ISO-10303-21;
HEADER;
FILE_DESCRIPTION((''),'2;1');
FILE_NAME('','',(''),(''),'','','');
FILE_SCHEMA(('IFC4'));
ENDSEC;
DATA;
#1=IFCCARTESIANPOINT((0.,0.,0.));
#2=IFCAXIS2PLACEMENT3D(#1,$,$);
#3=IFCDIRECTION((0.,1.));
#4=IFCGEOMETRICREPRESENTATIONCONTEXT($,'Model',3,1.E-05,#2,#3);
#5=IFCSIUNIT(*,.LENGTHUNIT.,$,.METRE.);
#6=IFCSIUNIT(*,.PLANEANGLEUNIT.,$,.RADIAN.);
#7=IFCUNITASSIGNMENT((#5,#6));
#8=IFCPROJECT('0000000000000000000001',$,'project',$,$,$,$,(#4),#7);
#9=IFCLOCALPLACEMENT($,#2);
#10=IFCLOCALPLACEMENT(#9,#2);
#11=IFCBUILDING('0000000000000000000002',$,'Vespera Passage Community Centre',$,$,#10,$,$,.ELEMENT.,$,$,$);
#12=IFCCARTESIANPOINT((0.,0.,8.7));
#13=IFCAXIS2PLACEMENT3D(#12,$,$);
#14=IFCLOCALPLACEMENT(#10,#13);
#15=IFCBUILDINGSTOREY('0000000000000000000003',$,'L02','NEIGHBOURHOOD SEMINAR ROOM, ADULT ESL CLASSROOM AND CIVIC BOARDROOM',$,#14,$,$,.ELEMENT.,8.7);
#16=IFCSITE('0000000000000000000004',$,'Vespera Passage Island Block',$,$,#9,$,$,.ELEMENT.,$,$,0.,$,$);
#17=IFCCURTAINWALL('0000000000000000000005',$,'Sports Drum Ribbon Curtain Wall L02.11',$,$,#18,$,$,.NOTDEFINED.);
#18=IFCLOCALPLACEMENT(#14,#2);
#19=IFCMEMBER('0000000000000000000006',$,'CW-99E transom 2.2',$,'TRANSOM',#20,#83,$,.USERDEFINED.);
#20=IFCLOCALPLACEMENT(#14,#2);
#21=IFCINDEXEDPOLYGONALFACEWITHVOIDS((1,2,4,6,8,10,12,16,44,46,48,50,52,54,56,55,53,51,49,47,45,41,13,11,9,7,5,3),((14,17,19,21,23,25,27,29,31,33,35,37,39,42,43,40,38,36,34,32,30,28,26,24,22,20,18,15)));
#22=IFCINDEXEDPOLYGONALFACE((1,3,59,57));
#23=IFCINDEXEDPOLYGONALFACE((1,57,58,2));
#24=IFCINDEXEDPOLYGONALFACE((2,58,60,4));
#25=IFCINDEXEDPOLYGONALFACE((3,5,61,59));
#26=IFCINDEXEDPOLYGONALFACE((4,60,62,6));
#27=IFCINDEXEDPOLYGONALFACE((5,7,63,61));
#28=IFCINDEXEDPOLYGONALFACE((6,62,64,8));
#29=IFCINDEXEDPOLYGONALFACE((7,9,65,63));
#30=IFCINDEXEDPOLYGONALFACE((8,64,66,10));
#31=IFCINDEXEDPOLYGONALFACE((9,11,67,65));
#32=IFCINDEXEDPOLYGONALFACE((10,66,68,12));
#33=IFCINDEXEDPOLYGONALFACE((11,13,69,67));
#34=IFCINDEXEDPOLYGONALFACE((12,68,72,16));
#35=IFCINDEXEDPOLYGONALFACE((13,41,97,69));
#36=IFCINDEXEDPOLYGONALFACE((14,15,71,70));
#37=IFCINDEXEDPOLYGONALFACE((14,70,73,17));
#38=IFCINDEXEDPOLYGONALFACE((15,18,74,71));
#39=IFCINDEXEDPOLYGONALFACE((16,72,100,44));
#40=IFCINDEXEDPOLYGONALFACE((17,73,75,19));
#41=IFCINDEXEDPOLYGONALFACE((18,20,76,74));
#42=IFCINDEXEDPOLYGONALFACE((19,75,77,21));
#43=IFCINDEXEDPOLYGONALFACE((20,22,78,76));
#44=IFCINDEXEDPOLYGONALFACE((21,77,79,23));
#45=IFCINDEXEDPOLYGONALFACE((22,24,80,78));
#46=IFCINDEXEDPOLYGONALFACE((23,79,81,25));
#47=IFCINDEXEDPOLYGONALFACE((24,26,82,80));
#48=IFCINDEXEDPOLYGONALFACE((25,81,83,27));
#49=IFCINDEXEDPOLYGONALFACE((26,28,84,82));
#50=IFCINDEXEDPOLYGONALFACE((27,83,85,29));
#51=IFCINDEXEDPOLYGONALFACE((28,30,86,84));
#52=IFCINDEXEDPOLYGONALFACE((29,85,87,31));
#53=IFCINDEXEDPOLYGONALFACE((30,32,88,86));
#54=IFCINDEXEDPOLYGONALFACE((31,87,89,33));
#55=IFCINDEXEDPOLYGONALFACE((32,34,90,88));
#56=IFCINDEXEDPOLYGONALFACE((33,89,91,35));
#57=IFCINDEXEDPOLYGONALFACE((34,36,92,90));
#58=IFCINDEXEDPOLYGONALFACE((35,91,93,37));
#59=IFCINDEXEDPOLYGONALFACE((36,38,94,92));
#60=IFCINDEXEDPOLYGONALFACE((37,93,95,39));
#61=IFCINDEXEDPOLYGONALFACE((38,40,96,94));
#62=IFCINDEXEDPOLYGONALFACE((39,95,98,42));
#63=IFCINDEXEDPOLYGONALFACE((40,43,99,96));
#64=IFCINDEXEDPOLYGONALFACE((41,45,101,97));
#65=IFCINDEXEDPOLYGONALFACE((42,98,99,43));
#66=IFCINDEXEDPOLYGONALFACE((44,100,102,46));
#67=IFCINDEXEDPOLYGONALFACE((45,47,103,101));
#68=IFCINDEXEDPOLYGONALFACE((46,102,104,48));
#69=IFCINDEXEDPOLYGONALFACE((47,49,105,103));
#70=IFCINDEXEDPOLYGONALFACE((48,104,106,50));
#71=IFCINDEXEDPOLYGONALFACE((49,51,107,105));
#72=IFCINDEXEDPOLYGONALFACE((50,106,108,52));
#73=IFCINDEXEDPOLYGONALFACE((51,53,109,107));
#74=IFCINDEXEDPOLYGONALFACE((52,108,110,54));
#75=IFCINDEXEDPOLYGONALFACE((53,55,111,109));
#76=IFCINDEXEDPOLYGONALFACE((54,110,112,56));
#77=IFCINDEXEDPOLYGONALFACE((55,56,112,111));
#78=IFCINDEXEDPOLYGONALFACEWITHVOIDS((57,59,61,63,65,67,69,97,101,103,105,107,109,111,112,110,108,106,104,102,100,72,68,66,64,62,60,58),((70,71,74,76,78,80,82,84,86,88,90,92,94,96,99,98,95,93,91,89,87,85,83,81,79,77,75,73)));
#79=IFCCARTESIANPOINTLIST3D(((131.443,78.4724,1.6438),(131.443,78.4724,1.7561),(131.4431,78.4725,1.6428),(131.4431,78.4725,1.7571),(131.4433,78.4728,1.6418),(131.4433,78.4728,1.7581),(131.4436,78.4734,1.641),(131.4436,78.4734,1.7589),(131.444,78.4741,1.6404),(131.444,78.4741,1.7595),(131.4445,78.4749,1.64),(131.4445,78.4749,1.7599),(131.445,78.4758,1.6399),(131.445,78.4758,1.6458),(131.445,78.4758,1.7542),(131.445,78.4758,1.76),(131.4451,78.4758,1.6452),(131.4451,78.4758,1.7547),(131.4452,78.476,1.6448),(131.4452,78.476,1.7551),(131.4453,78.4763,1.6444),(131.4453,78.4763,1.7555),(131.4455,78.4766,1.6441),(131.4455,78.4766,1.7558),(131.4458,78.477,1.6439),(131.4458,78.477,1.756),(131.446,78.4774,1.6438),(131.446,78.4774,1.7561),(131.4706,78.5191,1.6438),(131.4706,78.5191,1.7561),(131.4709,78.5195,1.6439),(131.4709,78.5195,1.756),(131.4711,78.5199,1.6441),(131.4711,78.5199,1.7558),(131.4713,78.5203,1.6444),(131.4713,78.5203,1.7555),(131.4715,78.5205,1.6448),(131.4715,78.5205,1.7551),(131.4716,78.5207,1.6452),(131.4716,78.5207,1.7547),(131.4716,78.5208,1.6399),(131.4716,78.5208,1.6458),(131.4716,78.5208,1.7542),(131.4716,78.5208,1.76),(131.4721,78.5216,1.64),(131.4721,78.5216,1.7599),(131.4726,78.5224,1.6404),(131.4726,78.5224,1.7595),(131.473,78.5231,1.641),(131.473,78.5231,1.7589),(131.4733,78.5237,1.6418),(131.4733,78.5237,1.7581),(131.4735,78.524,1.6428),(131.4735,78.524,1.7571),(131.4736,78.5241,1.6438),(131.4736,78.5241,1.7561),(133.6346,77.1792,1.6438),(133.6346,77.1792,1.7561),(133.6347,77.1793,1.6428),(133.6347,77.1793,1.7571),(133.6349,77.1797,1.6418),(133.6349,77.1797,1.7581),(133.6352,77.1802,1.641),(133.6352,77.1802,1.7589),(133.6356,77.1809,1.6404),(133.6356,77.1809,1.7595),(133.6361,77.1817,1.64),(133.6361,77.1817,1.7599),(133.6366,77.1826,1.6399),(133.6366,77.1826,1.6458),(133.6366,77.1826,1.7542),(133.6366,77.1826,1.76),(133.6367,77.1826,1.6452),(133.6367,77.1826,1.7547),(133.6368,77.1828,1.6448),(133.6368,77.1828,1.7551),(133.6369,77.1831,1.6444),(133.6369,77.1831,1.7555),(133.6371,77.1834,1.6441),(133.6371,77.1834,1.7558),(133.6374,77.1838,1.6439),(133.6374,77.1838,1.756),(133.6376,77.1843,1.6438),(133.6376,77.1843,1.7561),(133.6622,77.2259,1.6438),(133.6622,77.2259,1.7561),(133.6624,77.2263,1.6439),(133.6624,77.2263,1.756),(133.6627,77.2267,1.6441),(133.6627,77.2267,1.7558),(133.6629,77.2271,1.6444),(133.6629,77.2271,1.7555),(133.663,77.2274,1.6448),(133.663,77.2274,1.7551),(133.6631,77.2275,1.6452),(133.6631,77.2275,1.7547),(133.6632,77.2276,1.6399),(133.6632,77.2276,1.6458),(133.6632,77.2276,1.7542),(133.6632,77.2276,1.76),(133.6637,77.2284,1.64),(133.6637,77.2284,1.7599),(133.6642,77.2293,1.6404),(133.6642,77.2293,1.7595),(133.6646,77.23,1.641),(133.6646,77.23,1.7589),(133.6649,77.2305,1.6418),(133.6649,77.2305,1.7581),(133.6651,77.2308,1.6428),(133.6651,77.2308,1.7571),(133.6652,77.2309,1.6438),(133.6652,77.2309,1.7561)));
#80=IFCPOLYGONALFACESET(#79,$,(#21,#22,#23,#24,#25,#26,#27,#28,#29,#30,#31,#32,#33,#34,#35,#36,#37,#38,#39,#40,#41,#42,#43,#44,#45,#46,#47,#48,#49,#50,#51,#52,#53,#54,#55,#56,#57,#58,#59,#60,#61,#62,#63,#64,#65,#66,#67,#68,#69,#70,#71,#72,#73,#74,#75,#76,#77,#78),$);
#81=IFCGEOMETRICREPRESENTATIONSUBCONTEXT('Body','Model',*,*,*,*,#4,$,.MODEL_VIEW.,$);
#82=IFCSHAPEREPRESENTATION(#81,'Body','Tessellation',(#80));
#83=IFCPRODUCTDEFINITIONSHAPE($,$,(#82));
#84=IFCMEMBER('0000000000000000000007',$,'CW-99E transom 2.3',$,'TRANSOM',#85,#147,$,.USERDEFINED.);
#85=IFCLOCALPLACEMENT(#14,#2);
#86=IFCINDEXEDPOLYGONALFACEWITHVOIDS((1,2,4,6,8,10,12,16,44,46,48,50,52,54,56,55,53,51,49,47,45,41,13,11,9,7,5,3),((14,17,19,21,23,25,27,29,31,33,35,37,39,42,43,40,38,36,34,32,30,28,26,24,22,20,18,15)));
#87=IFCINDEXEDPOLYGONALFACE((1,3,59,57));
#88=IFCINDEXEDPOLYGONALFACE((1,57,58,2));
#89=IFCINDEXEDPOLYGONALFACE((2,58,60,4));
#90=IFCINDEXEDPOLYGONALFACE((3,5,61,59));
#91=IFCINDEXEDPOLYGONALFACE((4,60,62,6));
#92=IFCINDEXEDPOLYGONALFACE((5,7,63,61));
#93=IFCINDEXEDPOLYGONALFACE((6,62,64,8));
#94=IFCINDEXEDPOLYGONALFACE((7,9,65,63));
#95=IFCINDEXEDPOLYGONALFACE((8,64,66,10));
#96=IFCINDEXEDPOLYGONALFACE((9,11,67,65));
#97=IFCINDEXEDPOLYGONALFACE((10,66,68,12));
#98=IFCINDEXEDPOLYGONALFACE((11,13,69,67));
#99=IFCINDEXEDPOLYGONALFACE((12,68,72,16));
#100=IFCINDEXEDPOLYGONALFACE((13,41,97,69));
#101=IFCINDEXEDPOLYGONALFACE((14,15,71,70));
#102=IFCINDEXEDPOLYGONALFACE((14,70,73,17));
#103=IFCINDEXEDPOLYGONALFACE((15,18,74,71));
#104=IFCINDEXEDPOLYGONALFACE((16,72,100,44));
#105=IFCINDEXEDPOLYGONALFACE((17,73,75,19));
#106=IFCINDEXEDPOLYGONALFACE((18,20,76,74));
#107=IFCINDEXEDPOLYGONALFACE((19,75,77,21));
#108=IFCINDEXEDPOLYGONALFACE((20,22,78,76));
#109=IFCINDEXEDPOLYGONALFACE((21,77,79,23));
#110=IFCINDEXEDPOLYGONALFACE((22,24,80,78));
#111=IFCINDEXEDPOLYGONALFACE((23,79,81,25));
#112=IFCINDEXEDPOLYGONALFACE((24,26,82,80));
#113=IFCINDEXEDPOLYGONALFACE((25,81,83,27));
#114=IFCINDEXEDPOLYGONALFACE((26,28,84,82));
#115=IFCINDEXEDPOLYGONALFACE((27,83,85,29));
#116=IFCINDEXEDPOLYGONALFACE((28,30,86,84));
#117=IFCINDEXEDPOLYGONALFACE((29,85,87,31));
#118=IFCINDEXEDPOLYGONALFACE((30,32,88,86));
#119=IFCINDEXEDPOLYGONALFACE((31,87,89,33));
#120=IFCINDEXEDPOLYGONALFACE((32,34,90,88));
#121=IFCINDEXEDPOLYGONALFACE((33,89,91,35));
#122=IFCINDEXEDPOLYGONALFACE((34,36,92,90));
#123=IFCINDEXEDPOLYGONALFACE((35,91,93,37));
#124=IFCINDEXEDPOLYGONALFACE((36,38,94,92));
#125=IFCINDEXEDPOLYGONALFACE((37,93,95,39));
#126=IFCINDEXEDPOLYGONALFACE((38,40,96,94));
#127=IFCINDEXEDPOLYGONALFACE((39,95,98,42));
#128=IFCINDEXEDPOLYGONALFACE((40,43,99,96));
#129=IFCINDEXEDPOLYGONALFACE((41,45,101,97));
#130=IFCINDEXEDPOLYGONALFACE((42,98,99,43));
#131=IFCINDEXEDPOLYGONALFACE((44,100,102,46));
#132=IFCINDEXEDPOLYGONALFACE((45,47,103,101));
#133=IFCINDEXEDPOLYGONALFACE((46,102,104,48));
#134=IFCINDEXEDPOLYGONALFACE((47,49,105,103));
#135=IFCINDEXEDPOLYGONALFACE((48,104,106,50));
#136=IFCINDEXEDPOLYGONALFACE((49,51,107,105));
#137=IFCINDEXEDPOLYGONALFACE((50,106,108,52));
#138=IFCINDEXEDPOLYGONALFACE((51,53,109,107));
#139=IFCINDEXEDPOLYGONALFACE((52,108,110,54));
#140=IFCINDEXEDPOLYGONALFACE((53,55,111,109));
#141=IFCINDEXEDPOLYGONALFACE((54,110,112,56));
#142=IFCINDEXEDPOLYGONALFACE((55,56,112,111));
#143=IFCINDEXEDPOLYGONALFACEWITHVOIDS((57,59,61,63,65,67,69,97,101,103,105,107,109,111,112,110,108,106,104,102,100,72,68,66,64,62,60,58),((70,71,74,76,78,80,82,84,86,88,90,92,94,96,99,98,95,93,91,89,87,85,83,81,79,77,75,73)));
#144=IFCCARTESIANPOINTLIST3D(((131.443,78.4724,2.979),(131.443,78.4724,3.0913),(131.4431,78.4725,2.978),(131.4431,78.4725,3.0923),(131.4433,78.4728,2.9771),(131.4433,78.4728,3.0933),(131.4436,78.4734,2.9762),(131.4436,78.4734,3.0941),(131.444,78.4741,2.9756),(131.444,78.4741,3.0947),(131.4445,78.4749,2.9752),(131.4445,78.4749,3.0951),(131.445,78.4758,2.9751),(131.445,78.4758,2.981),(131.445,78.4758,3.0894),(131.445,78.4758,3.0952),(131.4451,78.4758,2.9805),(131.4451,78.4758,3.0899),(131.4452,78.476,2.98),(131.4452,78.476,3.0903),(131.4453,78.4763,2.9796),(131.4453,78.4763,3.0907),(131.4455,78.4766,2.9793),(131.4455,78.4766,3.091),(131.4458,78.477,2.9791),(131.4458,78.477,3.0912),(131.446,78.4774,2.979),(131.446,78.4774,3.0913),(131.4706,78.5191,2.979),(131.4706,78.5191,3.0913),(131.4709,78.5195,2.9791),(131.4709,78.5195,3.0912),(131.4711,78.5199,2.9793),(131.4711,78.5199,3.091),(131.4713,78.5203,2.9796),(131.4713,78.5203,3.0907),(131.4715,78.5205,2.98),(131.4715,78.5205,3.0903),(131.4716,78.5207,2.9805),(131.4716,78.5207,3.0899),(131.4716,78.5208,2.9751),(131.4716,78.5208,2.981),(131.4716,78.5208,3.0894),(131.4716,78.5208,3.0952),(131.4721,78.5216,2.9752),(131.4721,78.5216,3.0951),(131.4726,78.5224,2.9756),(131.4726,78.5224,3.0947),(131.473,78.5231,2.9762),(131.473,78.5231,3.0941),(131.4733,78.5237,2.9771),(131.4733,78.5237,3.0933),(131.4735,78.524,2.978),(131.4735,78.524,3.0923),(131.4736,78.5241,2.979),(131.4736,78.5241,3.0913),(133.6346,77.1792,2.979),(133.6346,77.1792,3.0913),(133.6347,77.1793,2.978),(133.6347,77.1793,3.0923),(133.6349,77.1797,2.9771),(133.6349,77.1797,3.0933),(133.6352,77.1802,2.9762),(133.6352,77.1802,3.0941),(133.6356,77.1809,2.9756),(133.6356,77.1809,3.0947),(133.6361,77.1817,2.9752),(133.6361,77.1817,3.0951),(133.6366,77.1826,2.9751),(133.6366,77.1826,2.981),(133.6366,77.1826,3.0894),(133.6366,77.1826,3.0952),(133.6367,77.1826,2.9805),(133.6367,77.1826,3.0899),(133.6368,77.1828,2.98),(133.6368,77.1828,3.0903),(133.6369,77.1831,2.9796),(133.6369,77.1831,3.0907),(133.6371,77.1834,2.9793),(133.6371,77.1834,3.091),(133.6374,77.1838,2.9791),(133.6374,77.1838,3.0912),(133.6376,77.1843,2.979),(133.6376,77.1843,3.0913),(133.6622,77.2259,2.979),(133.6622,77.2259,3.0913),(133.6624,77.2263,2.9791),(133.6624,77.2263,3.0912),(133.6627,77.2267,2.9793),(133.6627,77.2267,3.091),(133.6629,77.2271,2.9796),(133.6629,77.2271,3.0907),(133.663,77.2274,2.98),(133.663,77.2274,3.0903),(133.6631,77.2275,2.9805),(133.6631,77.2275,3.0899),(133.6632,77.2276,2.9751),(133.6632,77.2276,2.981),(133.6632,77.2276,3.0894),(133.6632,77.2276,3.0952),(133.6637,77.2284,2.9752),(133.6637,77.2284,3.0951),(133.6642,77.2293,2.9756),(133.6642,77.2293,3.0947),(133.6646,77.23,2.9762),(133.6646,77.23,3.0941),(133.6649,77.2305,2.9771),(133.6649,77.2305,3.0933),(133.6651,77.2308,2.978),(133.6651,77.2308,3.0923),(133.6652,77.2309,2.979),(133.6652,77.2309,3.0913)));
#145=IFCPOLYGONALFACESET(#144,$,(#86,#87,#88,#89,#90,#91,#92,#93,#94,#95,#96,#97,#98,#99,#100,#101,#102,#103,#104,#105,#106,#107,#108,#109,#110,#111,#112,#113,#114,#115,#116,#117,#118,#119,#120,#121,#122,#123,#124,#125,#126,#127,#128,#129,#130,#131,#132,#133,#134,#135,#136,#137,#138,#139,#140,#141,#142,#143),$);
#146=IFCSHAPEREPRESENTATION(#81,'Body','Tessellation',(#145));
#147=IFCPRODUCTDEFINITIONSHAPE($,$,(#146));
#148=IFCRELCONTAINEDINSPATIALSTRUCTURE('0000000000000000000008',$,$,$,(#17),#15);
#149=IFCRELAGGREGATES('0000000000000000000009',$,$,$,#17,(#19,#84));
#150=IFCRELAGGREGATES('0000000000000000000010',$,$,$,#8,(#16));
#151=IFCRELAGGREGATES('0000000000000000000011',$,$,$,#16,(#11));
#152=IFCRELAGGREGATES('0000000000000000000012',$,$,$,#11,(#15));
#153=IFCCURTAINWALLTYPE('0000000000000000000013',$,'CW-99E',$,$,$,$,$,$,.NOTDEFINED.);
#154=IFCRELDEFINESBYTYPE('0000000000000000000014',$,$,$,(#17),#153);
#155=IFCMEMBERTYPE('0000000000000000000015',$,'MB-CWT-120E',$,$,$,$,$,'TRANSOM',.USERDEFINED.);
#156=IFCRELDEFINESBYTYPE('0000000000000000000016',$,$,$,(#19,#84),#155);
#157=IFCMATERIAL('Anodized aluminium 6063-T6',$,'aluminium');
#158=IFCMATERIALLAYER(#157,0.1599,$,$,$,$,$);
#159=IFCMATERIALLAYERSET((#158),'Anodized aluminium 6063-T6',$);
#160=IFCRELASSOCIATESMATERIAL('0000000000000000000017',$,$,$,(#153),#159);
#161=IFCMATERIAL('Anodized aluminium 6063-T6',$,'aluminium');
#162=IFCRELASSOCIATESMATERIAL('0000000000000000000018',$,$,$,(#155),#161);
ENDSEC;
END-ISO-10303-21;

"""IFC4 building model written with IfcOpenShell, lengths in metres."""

from ifc_helpers import new_model, si_unit, direction, frame, origin, origin_2d, place, context, subcontext, project, spatial, hollow_rectangle, extrude, material, layer, layer_set, material_profile, profile_set, type_object, element, aggregate, save


model = new_model("IFC4")

# Units and contexts
model_context = context("Model", 3, precision=1e-05, world=origin(), true_north=direction((0.0, 1.0)))
body_context = subcontext(model_context, "Body", "Model", "MODEL_VIEW")
ifc_project = project(units=[si_unit("LENGTHUNIT", "METRE"), si_unit("PLANEANGLEUNIT", "RADIAN")], contexts=[model_context])

# Site, building, storey
site_placement = place(None, origin())
site = spatial("IfcSite", under=ifc_project, at=site_placement, Name="Vespera Passage Island Block", CompositionType="ELEMENT", RefElevation=0.0)
building_placement = place(site_placement, origin())
building = spatial("IfcBuilding", under=site, at=building_placement, Name="Vespera Passage Community Centre", CompositionType="ELEMENT")
storey_placement = place(building_placement, frame((0.0, 0.0, 8.7)))
storey = spatial("IfcBuildingStorey", under=building, at=storey_placement, Name="L02", Description="NEIGHBOURHOOD SEMINAR ROOM, ADULT ESL CLASSROOM AND CIVIC BOARDROOM", CompositionType="ELEMENT", Elevation=8.7)

# Curtain wall
ifc_material_1 = material(Name="Anodized aluminium 6063-T6", Category="aluminium")
ifc_layer_1 = layer(ifc_material_1, 0.1599)
ifc_layer_set_1 = layer_set([ifc_layer_1], Name="Anodized aluminium 6063-T6")
curtain_wall_type_1 = type_object("IfcCurtainWallType", Name="CW-99E", PredefinedType="NOTDEFINED", material=ifc_layer_set_1)
curtain_wall_1_placement = place(storey_placement, origin())
curtain_wall_1 = element("IfcCurtainWall", 1, at=curtain_wall_1_placement, inside=storey, type_object=curtain_wall_type_1, Name="Sports Drum Ribbon Curtain Wall L02.11", PredefinedType="NOTDEFINED")

# Members
ifc_material_2 = material(Name="Anodized aluminium 6063-T6", Category="aluminium")
ifc_material_profile_1 = material_profile(ifc_material_2, hollow_rectangle(XDim=0.0601, YDim=0.1201, WallThickness=0.0039, InnerFilletRadius=0.002, OuterFilletRadius=0.0039, at=origin_2d()), Name="ALU120X60X4")
ifc_profile_set_1 = profile_set([ifc_material_profile_1], Name="Anodized aluminium 6063-T6")
member_type_1 = type_object("IfcMemberType", Name="MB-CWT-120E", ElementType="TRANSOM", PredefinedType="USERDEFINED", material=ifc_profile_set_1)
member_1_placement = place(storey_placement, frame((133.6499, 77.2051, 1.7), z_axis=(-0.861245, 0.508189, 0.0), x_axis=(-0.508189, -0.861245, 0.0)))
member_1 = element("IfcMember", 2, at=member_1_placement, type_object=member_type_1, Name="CW-99E transom 2.2", ObjectType="TRANSOM", PredefinedType="USERDEFINED", context=body_context, shape_type="SweptSolid", body=[
    extrude(hollow_rectangle(XDim=0.0601, YDim=0.1201, WallThickness=0.0039, InnerFilletRadius=0.002, OuterFilletRadius=0.0039, at=origin_2d()), origin(), (0.0, 0.0, 1.0), 2.5447),
])
member_2_placement = place(storey_placement, frame((133.6499, 77.2051, 3.0352), z_axis=(-0.861245, 0.508189, 0.0), x_axis=(-0.508189, -0.861245, 0.0)))
member_2 = element("IfcMember", 3, at=member_2_placement, type_object=member_type_1, Name="CW-99E transom 2.3", ObjectType="TRANSOM", PredefinedType="USERDEFINED", context=body_context, shape_type="SweptSolid", body=[
    extrude(hollow_rectangle(XDim=0.0601, YDim=0.1201, WallThickness=0.0039, InnerFilletRadius=0.002, OuterFilletRadius=0.0039, at=origin_2d()), origin(), (0.0, 0.0, 1.0), 2.5447),
])
aggregate(curtain_wall_1, [member_1, member_2])

save(model, "model.ifc")
